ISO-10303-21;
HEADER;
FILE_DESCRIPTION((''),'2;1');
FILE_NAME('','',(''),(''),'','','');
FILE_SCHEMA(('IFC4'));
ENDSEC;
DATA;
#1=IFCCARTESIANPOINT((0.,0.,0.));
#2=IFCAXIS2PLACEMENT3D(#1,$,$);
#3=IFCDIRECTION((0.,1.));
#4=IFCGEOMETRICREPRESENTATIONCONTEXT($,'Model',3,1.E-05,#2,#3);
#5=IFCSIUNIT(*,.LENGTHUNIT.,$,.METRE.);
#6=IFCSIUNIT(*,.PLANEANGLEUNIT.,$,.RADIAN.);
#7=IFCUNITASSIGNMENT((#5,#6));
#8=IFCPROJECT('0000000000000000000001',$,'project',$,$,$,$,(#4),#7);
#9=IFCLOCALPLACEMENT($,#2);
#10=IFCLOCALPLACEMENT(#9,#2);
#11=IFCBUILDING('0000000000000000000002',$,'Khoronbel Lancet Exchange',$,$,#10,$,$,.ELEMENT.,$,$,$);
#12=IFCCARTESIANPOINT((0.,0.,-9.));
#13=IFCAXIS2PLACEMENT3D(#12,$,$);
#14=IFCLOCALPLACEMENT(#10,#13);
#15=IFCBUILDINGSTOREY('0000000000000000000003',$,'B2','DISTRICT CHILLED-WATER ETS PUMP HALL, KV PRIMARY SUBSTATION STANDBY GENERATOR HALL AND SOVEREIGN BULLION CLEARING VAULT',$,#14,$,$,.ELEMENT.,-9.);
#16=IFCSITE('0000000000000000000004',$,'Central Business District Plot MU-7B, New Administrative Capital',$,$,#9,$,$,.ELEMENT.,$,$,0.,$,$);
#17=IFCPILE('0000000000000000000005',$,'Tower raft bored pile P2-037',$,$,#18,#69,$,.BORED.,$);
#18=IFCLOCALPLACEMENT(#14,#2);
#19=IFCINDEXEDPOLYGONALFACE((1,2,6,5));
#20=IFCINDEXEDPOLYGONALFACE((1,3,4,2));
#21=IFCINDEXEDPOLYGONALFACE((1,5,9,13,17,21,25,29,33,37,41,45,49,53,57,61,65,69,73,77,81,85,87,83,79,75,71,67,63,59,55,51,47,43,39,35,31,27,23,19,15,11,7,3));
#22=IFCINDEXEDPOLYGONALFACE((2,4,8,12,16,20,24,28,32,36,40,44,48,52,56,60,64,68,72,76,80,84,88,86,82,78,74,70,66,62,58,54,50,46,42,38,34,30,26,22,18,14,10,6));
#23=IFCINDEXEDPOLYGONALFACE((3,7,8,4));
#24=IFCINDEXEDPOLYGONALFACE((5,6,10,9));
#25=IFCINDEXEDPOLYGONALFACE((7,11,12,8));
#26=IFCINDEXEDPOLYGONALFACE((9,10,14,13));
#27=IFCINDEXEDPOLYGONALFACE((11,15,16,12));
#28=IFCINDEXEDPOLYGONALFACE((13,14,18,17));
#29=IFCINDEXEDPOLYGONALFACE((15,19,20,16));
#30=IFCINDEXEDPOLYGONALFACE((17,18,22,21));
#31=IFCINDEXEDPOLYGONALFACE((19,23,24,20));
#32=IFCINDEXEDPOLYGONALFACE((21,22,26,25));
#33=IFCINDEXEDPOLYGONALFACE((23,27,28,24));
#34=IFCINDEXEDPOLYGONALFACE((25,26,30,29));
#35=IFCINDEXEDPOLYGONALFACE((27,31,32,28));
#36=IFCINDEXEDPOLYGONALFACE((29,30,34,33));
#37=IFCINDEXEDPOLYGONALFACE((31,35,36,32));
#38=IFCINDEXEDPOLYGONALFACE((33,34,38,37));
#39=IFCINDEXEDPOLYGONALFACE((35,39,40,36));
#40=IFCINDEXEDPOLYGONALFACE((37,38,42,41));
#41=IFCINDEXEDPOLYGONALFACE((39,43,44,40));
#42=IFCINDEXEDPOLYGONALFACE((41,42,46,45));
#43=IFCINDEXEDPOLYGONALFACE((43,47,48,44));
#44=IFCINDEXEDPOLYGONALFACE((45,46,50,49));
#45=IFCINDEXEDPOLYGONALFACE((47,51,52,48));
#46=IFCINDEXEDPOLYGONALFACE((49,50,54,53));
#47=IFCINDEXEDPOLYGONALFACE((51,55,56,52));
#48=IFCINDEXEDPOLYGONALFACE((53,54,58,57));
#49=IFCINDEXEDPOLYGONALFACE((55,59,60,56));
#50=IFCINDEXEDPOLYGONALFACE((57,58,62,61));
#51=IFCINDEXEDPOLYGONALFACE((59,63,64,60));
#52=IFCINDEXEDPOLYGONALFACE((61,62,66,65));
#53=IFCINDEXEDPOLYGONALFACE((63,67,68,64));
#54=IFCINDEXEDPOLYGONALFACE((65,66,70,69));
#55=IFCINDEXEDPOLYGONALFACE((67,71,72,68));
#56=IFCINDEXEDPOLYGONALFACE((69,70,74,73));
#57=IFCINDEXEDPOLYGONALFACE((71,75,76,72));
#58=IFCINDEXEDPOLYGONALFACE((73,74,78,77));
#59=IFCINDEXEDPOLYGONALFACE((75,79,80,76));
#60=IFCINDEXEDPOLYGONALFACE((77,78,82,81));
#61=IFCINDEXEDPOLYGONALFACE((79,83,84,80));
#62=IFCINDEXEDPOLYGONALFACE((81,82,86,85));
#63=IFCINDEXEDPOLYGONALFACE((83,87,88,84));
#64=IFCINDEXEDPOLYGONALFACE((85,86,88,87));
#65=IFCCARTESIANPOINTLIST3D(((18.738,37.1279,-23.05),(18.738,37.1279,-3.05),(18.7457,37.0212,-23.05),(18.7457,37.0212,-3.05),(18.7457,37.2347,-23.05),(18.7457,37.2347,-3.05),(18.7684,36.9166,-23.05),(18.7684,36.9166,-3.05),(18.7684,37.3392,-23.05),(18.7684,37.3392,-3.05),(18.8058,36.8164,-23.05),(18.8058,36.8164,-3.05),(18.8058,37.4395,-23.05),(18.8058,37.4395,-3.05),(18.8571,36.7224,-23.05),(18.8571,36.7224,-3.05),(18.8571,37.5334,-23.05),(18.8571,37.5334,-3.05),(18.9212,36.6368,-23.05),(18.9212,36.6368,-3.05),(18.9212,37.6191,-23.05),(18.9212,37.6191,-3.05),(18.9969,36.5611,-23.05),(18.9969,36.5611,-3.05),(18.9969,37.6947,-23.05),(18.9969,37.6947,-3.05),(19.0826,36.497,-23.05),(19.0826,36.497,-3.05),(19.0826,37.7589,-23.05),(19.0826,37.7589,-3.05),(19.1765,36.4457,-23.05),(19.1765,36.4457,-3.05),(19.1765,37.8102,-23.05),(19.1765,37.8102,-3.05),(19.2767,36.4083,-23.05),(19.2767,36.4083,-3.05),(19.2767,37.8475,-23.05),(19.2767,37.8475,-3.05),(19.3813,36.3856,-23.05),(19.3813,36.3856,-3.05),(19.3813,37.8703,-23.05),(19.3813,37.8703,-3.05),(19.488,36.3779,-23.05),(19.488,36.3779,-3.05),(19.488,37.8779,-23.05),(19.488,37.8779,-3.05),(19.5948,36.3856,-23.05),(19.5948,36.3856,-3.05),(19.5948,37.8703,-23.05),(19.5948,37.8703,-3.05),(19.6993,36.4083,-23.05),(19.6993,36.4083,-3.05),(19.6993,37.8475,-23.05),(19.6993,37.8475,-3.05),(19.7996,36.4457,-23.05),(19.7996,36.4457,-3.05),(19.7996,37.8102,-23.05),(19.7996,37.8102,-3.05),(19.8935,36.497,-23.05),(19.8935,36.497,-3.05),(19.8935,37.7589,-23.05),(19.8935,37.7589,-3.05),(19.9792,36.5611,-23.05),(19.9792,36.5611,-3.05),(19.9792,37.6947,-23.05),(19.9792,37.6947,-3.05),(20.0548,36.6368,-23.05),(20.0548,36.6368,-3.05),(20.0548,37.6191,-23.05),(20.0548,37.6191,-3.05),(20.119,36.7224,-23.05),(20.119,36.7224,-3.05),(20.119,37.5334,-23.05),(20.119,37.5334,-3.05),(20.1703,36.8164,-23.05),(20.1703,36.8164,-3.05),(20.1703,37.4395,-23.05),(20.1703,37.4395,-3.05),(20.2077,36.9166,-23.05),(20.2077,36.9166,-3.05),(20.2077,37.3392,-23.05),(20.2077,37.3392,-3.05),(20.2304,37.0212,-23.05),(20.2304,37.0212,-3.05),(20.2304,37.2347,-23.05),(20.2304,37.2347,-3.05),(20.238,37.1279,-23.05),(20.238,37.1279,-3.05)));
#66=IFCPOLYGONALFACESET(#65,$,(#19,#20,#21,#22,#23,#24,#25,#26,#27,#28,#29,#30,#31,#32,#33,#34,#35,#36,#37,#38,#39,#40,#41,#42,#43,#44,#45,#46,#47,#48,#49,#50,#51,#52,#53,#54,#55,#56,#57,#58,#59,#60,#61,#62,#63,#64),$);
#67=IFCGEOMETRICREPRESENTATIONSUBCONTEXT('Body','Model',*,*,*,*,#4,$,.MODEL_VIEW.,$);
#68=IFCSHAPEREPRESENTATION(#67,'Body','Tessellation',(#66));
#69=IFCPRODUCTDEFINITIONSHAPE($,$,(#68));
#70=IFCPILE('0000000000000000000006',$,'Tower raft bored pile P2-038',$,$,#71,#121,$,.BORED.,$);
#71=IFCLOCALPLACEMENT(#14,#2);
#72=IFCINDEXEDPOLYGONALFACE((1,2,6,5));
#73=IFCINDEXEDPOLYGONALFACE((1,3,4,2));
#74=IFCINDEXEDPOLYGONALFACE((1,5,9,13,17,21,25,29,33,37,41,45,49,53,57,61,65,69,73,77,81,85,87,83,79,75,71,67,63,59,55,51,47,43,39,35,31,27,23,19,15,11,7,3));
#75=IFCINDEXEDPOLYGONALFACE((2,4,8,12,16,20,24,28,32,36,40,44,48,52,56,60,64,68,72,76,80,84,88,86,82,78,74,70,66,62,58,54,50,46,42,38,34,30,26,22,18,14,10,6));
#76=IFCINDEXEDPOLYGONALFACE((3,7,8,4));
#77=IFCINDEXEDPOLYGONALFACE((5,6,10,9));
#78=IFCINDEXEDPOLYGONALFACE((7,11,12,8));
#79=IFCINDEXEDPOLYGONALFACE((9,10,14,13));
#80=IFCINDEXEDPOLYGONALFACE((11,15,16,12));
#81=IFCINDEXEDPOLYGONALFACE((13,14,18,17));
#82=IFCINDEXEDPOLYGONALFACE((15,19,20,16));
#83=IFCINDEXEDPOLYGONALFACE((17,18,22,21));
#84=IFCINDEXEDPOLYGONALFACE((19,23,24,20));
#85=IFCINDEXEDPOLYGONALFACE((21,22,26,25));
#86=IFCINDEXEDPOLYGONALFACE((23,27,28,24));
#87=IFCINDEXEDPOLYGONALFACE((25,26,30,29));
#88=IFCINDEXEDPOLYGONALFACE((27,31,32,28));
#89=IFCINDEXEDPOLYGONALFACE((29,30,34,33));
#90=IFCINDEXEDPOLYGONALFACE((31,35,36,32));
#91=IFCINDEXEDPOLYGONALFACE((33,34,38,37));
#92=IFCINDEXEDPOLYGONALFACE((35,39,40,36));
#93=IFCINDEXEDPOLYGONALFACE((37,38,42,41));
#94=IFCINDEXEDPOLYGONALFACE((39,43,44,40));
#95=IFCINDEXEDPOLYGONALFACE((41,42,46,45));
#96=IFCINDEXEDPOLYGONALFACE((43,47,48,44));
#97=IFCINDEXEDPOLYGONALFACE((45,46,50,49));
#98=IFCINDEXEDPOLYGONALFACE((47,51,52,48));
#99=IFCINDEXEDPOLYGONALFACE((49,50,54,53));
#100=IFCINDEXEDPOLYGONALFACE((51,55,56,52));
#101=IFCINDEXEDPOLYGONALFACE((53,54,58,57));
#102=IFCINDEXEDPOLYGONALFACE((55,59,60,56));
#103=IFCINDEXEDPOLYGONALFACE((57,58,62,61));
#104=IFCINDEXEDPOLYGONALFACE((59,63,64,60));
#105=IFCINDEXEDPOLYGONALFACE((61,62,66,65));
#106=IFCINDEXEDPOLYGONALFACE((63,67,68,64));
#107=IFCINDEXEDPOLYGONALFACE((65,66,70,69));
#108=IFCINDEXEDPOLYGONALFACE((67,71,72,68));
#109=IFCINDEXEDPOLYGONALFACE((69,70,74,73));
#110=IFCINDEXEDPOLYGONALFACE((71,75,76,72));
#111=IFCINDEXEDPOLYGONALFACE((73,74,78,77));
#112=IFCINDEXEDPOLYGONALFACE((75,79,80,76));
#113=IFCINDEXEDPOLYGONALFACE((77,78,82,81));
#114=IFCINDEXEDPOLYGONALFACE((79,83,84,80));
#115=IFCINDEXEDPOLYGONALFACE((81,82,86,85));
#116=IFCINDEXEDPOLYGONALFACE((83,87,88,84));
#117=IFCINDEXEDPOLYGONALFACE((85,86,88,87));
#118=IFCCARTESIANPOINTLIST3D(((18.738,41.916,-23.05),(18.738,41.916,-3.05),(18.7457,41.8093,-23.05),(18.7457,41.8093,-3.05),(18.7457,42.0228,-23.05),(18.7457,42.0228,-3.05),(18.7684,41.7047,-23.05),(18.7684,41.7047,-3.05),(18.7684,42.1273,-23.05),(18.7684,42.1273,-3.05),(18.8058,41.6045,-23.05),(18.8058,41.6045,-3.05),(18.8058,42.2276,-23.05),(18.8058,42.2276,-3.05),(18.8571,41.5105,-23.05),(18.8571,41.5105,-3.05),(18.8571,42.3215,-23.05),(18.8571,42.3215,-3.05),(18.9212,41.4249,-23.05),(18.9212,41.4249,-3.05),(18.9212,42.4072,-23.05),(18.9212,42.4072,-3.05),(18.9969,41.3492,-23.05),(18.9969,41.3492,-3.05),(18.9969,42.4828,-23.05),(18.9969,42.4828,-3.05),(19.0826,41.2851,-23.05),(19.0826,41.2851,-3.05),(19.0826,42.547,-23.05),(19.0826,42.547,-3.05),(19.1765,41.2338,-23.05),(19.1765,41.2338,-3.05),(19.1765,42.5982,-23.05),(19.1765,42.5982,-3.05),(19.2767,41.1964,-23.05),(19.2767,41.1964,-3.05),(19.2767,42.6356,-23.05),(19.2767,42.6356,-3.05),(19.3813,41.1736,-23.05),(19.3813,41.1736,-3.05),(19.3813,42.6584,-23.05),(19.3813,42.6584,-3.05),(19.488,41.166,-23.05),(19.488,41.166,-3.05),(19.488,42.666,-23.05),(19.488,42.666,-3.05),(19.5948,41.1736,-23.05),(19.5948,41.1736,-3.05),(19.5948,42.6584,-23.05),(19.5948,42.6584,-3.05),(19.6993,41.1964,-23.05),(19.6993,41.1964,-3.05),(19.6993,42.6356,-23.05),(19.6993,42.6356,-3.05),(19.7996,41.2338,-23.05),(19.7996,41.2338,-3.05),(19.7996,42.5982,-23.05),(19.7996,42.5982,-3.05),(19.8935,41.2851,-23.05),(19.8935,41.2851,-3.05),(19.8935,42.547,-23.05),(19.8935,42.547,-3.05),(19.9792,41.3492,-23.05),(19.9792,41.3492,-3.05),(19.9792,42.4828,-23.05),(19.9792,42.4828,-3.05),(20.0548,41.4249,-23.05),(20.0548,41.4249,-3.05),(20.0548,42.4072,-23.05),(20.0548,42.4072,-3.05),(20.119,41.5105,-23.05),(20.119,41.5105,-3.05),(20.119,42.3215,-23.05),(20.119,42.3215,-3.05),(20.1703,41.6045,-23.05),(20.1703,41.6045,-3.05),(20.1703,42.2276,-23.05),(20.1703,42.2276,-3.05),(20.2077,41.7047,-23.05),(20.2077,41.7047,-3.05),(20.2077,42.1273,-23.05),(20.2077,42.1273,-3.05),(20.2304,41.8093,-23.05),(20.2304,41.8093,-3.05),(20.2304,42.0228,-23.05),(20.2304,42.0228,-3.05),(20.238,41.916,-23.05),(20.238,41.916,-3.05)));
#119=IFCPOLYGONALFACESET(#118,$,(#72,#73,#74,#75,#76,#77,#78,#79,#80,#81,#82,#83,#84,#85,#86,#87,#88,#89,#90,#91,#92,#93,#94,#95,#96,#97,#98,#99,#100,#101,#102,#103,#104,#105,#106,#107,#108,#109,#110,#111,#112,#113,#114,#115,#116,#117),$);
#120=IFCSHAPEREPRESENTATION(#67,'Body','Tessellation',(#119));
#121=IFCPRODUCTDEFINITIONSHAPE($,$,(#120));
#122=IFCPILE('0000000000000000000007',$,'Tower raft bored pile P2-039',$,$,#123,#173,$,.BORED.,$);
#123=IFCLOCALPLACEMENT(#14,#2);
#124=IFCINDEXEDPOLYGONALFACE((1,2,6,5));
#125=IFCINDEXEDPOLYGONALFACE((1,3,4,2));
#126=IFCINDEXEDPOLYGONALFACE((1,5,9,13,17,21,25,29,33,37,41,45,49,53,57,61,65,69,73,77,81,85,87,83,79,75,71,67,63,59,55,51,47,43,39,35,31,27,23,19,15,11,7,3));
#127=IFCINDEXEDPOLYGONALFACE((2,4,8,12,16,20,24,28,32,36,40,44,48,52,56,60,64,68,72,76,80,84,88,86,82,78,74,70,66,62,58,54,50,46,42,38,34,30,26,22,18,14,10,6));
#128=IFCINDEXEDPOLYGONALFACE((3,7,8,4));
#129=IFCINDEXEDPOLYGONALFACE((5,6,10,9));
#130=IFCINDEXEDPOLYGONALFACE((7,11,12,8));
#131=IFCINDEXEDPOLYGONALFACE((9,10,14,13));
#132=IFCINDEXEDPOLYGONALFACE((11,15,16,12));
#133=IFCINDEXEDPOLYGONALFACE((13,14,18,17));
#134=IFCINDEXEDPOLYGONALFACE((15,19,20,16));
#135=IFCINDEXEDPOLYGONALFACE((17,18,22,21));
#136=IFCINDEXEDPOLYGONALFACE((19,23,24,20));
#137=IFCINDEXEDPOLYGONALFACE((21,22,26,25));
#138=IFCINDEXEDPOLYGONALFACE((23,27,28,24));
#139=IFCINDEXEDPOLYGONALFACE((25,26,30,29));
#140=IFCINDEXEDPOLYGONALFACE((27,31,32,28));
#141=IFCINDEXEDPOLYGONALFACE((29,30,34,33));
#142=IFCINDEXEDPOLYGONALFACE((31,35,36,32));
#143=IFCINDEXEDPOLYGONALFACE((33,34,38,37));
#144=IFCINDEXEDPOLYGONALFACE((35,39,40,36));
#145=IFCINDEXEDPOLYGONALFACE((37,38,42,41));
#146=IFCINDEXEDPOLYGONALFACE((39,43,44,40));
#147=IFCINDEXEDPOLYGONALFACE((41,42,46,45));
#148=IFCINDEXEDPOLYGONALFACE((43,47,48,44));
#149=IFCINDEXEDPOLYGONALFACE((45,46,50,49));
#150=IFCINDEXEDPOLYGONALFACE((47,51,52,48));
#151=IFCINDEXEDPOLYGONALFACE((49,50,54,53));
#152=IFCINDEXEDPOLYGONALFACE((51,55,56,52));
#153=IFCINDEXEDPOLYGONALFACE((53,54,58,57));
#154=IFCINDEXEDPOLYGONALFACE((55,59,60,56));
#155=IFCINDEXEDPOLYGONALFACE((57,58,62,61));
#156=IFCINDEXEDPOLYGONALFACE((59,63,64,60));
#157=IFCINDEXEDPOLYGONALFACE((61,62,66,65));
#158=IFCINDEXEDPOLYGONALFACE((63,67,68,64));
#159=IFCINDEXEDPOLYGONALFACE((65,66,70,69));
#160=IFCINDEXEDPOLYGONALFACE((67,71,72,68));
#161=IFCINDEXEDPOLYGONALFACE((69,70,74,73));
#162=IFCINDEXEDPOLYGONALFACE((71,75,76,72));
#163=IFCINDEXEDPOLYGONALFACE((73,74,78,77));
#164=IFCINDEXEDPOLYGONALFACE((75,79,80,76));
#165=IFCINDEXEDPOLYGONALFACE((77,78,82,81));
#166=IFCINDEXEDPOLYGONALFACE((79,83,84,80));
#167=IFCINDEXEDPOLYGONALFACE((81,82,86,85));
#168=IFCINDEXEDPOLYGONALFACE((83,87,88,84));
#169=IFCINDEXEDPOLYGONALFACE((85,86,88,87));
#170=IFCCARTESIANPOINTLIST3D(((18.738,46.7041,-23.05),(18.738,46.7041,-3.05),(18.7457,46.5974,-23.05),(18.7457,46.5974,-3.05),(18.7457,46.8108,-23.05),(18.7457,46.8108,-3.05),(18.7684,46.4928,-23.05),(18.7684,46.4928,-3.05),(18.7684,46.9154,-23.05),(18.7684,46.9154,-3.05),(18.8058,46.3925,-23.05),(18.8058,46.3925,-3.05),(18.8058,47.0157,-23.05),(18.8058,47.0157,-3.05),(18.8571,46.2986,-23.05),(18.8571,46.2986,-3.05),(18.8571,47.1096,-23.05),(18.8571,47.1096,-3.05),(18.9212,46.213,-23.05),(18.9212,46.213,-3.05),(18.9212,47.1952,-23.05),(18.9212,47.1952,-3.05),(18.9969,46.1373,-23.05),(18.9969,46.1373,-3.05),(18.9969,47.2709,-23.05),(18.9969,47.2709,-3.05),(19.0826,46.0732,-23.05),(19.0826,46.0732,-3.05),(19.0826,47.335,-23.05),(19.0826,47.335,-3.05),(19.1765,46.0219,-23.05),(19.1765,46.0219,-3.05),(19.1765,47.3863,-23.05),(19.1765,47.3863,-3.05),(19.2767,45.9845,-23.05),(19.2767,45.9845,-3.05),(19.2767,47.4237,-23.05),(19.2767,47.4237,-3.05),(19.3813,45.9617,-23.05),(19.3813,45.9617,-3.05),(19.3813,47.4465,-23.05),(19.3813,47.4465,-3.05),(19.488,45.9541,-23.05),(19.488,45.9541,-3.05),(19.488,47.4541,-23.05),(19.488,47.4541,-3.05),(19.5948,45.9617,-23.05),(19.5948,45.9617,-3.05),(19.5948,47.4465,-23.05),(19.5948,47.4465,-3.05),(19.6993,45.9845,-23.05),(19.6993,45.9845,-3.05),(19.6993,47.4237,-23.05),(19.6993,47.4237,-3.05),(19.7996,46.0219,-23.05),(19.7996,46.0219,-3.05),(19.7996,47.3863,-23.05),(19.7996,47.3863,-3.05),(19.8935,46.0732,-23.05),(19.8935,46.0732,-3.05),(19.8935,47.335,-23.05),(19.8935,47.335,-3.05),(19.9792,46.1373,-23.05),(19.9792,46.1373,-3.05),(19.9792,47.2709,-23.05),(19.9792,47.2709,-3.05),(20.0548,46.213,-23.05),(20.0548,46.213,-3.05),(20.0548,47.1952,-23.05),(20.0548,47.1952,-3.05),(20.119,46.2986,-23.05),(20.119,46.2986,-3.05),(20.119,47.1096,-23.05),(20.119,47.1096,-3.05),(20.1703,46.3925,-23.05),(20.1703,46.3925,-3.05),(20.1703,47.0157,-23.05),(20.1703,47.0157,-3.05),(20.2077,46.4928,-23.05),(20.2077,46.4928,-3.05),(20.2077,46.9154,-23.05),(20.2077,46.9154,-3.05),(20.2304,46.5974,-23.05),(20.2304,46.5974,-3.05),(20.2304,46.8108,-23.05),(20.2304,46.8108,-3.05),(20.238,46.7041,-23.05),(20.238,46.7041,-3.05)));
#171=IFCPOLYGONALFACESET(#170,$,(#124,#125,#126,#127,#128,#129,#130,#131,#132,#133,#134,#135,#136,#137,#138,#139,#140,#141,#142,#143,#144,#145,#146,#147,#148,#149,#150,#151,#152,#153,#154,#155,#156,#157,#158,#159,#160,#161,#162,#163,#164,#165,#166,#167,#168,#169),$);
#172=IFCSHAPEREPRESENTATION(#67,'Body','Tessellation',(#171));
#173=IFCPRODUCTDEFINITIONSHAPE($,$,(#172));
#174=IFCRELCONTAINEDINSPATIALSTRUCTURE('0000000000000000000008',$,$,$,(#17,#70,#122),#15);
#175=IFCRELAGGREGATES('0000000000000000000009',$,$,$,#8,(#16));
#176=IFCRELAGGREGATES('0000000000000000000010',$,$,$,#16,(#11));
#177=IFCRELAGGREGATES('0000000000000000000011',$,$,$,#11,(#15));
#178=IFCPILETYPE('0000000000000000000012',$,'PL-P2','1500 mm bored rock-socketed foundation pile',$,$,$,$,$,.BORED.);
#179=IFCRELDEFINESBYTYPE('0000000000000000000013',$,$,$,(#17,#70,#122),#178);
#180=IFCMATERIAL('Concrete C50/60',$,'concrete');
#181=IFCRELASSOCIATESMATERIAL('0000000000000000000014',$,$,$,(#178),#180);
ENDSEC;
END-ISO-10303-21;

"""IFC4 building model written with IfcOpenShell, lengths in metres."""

from ifc_helpers import new_model, si_unit, direction, frame, origin, origin_2d, place, context, subcontext, project, spatial, circle, extrude, material, material_profile, profile_set, type_object, element, save


model = new_model("IFC4")

# Units and contexts
model_context = context("Model", 3, precision=1e-05, world=origin(), true_north=direction((0.0, 1.0)))
body_context = subcontext(model_context, "Body", "Model", "MODEL_VIEW")
ifc_project = project(units=[si_unit("LENGTHUNIT", "METRE"), si_unit("PLANEANGLEUNIT", "RADIAN")], contexts=[model_context])

# Site, building, storey
site_placement = place(None, origin())
site = spatial("IfcSite", under=ifc_project, at=site_placement, Name="Central Business District Plot MU-7B, New Administrative Capital", CompositionType="ELEMENT", RefElevation=0.0)
building_placement = place(site_placement, origin())
building = spatial("IfcBuilding", under=site, at=building_placement, Name="Khoronbel Lancet Exchange", CompositionType="ELEMENT")
storey_placement = place(building_placement, frame((0.0, 0.0, -9.0)))
storey = spatial("IfcBuildingStorey", under=building, at=storey_placement, Name="B2", Description="DISTRICT CHILLED-WATER ETS PUMP HALL, KV PRIMARY SUBSTATION STANDBY GENERATOR HALL AND SOVEREIGN BULLION CLEARING VAULT", CompositionType="ELEMENT", Elevation=-9.0)

# Piles
ifc_material_1 = material(Name="Concrete C50/60", Category="concrete")
ifc_material_profile_1 = material_profile(ifc_material_1, circle(Radius=0.75, at=origin_2d()), Name="BORED PILE D1500")
ifc_profile_set_1 = profile_set([ifc_material_profile_1], Name="Concrete C50/60")
pile_type = type_object("IfcPileType", Name="PL-P2", Description="1500 mm bored rock-socketed foundation pile", PredefinedType="BORED", material=ifc_profile_set_1)
for number, where, z_axis, x_axis, name in (
    (1, (19.488, 37.1279, -3.05), (0.0, 0.0, -1.0), (1.0, 0.0, 0.0), "Tower raft bored pile P2-037"),
    (2, (19.488, 41.916, -3.05), (0.0, 0.0, -1.0), (1.0, 0.0, 0.0), "Tower raft bored pile P2-038"),
    (3, (19.488, 46.7041, -3.05), (0.0, 0.0, -1.0), (1.0, 0.0, 0.0), "Tower raft bored pile P2-039"),
):
    element("IfcPile", number, at=place(storey_placement, frame(where, z_axis=z_axis, x_axis=x_axis)), inside=storey, type_object=pile_type, Name=name, PredefinedType="BORED", context=body_context, shape_type="SweptSolid", body=[
        extrude(circle(Radius=0.75, at=origin_2d()), origin(), (0.0, 0.0, 1.0), 20.0),
    ])

save(model, "model.ifc")
